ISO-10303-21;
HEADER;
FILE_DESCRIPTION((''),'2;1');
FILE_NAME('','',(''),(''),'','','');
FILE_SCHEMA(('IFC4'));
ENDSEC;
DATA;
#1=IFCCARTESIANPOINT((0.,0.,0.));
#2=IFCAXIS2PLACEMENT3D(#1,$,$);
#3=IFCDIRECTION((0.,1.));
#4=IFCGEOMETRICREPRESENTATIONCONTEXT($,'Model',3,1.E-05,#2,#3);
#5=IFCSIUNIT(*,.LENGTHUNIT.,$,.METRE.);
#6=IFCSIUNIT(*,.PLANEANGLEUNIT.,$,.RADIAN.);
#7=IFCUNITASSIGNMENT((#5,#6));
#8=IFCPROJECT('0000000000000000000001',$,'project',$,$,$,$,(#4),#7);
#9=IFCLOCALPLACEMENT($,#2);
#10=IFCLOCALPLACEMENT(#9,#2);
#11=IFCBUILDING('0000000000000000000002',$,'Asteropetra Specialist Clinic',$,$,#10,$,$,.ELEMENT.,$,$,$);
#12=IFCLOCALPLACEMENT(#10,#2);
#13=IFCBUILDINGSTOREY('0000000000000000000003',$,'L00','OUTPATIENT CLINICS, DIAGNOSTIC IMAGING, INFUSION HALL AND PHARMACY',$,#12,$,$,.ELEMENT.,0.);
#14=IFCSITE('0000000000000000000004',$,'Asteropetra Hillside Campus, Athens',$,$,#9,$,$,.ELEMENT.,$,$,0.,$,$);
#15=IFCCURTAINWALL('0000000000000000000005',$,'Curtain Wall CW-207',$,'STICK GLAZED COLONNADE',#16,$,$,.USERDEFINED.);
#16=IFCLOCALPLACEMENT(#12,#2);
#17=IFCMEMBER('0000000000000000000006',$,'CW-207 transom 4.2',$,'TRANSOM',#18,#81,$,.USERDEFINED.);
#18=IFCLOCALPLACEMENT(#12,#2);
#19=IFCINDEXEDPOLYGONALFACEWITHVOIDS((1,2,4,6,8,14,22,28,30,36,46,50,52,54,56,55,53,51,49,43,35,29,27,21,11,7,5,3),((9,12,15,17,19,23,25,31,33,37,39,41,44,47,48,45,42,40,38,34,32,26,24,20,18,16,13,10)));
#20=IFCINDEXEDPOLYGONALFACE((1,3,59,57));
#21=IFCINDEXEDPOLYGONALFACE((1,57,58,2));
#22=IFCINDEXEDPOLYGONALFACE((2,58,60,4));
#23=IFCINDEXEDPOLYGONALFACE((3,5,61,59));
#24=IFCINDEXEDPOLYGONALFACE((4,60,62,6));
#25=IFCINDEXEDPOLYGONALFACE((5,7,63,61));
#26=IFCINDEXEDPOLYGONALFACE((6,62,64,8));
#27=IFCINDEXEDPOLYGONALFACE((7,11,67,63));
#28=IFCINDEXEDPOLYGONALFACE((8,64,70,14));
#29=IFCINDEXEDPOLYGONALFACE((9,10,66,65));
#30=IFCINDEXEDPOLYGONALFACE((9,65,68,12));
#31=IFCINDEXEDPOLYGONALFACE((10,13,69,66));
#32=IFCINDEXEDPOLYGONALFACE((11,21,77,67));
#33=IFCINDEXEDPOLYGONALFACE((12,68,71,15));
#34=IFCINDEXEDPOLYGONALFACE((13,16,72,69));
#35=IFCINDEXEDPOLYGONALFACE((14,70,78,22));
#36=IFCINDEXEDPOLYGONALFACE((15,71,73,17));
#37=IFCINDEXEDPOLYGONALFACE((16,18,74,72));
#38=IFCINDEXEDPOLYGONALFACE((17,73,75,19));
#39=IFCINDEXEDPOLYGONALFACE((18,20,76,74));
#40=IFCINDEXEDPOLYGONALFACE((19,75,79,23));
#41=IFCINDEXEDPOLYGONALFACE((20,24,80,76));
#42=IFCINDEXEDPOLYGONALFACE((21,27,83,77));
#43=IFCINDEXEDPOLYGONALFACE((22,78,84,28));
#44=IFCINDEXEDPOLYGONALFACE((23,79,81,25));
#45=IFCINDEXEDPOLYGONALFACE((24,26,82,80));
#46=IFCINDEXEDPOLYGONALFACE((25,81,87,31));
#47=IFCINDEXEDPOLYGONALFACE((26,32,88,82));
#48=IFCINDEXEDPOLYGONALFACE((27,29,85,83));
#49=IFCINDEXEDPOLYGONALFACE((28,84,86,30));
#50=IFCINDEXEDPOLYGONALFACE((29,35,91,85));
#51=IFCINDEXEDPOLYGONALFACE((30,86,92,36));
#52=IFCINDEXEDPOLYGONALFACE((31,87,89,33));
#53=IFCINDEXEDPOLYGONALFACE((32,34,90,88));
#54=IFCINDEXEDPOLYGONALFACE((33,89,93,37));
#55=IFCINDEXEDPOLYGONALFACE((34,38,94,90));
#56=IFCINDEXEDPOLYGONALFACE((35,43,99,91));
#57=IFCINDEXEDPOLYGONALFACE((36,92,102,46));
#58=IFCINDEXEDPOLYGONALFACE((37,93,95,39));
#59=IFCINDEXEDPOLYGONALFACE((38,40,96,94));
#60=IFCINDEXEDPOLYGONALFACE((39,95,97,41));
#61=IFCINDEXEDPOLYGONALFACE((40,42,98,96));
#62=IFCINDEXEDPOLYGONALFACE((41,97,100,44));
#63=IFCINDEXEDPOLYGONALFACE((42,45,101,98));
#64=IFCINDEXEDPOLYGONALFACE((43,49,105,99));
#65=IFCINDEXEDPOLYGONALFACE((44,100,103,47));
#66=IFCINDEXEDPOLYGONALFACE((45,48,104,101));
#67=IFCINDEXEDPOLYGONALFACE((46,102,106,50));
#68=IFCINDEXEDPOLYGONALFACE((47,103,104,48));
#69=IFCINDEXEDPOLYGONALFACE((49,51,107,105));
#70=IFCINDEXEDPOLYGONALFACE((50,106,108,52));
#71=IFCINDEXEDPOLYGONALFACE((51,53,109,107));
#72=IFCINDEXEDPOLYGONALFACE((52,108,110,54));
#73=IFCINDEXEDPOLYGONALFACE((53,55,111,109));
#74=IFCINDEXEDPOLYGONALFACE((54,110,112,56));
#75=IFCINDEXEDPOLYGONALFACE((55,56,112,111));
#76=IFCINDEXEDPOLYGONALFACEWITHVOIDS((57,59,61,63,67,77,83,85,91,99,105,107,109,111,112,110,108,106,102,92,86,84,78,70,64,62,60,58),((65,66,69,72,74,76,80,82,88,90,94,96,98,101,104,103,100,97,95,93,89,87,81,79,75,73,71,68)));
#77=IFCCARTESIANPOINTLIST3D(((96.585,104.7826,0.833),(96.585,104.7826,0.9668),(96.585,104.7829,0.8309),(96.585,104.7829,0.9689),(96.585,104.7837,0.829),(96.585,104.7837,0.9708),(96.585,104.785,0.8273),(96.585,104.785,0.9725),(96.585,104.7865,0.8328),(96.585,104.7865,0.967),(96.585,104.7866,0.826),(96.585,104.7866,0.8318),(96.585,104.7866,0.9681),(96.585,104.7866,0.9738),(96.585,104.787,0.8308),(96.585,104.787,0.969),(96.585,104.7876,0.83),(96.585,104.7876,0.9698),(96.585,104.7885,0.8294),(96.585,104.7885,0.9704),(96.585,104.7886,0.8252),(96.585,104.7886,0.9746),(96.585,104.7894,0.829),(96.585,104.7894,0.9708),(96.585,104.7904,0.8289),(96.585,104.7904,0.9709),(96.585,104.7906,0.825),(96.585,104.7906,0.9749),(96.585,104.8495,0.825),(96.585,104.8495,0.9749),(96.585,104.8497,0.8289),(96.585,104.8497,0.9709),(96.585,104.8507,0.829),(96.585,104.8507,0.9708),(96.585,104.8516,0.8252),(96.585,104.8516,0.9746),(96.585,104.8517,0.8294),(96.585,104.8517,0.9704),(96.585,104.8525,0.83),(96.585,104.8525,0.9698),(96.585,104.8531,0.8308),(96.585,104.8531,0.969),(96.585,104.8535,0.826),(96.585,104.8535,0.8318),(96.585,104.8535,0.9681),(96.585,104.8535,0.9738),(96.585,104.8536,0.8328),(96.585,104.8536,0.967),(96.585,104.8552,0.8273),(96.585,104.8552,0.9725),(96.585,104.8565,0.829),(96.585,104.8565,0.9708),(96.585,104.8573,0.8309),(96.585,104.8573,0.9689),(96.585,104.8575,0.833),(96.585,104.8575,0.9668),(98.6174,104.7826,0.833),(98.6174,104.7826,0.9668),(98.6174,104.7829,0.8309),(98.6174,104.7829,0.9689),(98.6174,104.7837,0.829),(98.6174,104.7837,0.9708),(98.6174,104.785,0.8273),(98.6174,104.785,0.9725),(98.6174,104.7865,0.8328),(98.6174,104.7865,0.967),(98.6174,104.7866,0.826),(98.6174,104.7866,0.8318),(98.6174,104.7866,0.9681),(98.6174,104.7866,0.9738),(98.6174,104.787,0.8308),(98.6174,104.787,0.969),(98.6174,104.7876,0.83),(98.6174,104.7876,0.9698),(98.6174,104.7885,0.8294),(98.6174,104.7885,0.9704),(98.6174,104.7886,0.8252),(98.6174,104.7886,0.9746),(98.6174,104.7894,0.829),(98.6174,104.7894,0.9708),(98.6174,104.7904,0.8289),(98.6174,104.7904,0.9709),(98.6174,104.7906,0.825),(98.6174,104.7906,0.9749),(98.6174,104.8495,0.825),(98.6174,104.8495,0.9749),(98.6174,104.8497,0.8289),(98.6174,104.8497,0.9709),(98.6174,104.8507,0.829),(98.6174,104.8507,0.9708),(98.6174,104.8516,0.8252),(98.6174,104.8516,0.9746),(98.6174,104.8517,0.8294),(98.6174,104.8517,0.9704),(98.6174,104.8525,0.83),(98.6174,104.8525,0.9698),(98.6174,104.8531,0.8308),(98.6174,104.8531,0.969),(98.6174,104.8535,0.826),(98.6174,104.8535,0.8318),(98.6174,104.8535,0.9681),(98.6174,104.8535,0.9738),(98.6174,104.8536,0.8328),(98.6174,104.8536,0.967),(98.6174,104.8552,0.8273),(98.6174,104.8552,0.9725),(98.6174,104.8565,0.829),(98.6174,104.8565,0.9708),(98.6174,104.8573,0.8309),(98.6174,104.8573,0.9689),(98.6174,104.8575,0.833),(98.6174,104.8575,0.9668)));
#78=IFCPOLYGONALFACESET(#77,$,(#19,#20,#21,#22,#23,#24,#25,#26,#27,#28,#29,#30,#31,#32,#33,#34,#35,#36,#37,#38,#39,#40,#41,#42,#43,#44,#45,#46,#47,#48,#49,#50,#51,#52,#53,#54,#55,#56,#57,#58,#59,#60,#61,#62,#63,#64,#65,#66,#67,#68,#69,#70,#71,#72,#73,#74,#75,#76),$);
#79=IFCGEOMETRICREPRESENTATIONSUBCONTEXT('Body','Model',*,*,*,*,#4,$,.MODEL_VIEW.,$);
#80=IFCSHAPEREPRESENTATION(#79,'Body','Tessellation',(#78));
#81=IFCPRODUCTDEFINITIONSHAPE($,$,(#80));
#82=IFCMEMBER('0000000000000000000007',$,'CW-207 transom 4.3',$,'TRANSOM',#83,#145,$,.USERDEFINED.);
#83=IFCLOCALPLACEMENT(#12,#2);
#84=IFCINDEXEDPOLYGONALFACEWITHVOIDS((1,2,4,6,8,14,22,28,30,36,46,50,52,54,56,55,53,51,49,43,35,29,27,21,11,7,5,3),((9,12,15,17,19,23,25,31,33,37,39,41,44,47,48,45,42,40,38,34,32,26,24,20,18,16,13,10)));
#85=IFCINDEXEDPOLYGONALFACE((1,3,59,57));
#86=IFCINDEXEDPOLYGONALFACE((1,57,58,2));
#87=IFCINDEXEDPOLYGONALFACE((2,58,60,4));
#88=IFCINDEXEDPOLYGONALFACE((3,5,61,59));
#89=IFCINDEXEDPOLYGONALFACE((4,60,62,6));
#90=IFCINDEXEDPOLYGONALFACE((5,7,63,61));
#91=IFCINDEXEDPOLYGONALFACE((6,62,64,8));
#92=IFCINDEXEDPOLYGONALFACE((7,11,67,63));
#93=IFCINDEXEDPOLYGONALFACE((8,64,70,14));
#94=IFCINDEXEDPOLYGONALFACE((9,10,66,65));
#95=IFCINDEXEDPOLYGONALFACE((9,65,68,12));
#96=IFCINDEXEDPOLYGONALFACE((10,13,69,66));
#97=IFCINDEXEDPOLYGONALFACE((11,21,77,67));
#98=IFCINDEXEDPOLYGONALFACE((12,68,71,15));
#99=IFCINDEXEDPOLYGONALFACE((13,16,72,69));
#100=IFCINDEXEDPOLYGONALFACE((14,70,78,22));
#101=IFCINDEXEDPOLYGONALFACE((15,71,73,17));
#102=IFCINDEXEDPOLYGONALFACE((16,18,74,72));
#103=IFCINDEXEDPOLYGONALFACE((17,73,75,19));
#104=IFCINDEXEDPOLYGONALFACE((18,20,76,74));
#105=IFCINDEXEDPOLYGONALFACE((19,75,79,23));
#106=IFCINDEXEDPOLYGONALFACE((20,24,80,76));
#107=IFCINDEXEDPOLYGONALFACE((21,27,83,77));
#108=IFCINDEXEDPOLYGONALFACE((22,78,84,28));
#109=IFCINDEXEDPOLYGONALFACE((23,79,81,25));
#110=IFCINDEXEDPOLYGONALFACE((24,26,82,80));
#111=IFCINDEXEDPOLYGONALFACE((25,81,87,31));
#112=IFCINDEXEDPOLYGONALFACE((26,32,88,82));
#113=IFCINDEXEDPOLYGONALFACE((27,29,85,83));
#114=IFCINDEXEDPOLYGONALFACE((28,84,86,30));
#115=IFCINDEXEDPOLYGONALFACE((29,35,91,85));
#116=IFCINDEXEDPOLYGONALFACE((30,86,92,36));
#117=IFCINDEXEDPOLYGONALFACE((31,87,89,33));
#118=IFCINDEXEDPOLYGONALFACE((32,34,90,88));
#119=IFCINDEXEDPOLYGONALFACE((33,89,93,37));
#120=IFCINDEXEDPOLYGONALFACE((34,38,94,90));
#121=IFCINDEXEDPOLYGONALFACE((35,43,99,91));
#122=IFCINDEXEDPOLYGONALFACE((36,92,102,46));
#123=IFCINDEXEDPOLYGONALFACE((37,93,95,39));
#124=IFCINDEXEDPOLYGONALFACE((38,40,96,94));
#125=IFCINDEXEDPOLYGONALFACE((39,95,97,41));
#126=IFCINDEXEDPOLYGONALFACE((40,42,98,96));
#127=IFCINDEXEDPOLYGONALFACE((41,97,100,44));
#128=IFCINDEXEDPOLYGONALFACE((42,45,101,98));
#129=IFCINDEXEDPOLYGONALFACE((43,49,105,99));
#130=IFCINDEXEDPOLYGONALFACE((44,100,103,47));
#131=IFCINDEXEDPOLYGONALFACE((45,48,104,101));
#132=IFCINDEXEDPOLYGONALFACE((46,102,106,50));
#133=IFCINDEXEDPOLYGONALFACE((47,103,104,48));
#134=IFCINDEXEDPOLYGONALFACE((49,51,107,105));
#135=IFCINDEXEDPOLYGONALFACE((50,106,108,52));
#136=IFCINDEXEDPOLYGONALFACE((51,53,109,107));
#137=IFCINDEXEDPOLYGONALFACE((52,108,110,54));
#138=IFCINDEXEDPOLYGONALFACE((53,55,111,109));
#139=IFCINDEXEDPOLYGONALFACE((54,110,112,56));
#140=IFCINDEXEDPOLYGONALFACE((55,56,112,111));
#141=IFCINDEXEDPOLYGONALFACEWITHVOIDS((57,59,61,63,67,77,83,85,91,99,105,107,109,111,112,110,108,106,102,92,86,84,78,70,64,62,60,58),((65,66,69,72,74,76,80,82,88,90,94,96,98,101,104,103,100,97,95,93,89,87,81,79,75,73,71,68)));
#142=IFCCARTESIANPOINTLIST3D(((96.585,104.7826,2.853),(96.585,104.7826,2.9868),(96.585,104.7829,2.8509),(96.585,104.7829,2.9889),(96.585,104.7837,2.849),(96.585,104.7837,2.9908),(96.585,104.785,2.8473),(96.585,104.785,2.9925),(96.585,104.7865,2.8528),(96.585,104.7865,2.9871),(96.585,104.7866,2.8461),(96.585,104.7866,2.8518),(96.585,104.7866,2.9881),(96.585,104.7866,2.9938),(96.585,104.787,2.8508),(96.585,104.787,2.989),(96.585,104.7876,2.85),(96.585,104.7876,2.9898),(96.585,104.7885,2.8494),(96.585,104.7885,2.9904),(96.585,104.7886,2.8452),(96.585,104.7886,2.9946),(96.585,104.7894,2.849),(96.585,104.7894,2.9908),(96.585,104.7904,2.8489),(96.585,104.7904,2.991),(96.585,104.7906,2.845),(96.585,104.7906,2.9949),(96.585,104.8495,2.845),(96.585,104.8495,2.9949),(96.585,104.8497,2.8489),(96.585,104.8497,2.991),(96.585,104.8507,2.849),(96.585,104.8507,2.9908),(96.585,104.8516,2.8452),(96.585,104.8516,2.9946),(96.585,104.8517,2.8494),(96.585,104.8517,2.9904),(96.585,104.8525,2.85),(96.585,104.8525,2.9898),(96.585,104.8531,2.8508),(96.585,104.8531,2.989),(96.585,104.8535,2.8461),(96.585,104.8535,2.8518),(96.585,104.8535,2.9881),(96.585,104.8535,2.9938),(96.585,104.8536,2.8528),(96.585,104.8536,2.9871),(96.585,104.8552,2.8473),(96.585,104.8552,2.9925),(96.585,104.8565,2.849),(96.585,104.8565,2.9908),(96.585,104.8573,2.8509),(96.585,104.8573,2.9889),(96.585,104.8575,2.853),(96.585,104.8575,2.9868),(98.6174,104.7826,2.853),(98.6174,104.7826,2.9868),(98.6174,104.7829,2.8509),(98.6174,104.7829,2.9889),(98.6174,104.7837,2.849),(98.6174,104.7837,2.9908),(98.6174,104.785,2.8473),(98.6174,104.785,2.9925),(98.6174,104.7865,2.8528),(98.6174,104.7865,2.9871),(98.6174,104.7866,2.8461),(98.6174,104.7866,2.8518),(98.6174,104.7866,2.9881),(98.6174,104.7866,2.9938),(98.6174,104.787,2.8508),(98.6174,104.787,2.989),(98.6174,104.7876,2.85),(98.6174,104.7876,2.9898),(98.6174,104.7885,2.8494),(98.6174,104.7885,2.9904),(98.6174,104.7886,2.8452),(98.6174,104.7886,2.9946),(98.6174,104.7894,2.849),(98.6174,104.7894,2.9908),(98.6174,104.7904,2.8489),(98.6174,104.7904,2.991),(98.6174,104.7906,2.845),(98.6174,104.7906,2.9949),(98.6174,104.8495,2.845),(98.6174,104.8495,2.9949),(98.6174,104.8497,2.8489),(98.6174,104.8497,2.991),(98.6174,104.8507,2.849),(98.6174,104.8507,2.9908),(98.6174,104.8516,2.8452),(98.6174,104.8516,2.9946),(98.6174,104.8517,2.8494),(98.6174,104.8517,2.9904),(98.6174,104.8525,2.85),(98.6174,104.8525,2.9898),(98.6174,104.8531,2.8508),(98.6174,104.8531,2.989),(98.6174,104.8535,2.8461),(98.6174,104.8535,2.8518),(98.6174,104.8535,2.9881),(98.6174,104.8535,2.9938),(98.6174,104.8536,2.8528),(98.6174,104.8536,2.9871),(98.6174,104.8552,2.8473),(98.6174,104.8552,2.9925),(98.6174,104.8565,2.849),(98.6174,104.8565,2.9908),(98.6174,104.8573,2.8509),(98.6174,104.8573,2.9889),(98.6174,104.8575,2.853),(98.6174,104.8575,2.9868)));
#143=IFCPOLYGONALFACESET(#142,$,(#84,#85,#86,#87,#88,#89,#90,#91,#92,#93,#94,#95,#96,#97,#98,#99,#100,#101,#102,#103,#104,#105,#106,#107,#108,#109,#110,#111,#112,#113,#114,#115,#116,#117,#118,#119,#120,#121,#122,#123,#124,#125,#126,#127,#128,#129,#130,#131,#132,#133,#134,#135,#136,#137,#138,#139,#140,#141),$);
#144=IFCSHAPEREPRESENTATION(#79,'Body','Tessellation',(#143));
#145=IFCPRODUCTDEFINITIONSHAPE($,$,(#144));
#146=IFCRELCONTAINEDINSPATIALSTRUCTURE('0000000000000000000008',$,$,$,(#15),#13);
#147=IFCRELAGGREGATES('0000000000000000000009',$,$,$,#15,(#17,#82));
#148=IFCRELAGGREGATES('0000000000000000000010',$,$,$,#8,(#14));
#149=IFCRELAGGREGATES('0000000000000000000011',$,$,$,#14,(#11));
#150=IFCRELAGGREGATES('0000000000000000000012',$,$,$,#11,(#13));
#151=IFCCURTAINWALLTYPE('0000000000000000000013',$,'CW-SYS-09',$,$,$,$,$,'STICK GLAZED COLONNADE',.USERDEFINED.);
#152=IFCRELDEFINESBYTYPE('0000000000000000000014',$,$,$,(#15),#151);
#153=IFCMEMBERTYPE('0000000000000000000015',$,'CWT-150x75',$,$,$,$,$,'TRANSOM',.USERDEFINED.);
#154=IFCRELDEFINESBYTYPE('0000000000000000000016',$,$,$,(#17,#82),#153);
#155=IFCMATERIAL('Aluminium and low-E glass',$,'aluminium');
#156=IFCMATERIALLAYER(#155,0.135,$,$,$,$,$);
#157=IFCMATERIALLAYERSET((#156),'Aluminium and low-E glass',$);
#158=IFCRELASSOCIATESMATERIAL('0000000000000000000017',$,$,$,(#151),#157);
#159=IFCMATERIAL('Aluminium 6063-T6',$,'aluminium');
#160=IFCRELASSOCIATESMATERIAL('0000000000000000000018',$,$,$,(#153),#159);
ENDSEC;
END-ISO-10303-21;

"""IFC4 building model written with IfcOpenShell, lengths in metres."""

from ifc_helpers import new_model, si_unit, direction, frame, origin, origin_2d, place, context, subcontext, project, spatial, hollow_rectangle, extrude, material, layer, layer_set, material_profile, profile_set, type_object, element, aggregate, save


model = new_model("IFC4")

# Units and contexts
model_context = context("Model", 3, precision=1e-05, world=origin(), true_north=direction((0.0, 1.0)))
body_context = subcontext(model_context, "Body", "Model", "MODEL_VIEW")
ifc_project = project(units=[si_unit("LENGTHUNIT", "METRE"), si_unit("PLANEANGLEUNIT", "RADIAN")], contexts=[model_context])

# Site, building, storey
site_placement = place(None, origin())
site = spatial("IfcSite", under=ifc_project, at=site_placement, Name="Asteropetra Hillside Campus, Athens", CompositionType="ELEMENT", RefElevation=0.0)
building_placement = place(site_placement, origin())
building = spatial("IfcBuilding", under=site, at=building_placement, Name="Asteropetra Specialist Clinic", CompositionType="ELEMENT")
storey_placement = place(building_placement, origin())
storey = spatial("IfcBuildingStorey", under=building, at=storey_placement, Name="L00", Description="OUTPATIENT CLINICS, DIAGNOSTIC IMAGING, INFUSION HALL AND PHARMACY", CompositionType="ELEMENT", Elevation=0.0)

# Curtain wall, members
ifc_material_1 = material(Name="Aluminium and low-E glass", Category="aluminium")
ifc_layer_1 = layer(ifc_material_1, 0.135)
ifc_layer_set_1 = layer_set([ifc_layer_1], Name="Aluminium and low-E glass")
curtain_wall_type = type_object("IfcCurtainWallType", Name="CW-SYS-09", ElementType="STICK GLAZED COLONNADE", PredefinedType="USERDEFINED", material=ifc_layer_set_1)
curtain_wall_placement = place(storey_placement, origin())
curtain_wall = element("IfcCurtainWall", 1, at=curtain_wall_placement, inside=storey, type_object=curtain_wall_type, Name="Curtain Wall CW-207", ObjectType="STICK GLAZED COLONNADE", PredefinedType="USERDEFINED")
ifc_material_2 = material(Name="Aluminium 6063-T6", Category="aluminium")
ifc_material_profile_1 = material_profile(ifc_material_2, hollow_rectangle(XDim=0.075, YDim=0.1499, WallThickness=0.0039, InnerFilletRadius=0.0039, OuterFilletRadius=0.0081, at=origin_2d()), Name="TRN 150x75x4.0")
ifc_profile_set_1 = profile_set([ifc_material_profile_1], Name="Aluminium 6063-T6")
member_type_1 = type_object("IfcMemberType", Name="CWT-150x75", ElementType="TRANSOM", PredefinedType="USERDEFINED", material=ifc_profile_set_1)
member_1_placement = place(storey_placement, frame((98.6174, 104.8201, 0.8999), z_axis=(-1.0, 0.0, 0.0), x_axis=(0.0, -1.0, 0.0)))
member_1 = element("IfcMember", 2, at=member_1_placement, type_object=member_type_1, Name="CW-207 transom 4.2", ObjectType="TRANSOM", PredefinedType="USERDEFINED", context=body_context, shape_type="SweptSolid", body=[
    extrude(hollow_rectangle(XDim=0.075, YDim=0.1499, WallThickness=0.0039, InnerFilletRadius=0.0039, OuterFilletRadius=0.0081, at=origin_2d()), origin(), (0.0, 0.0, 1.0), 2.0325),
])
member_2_placement = place(storey_placement, frame((98.6174, 104.8201, 2.9199), z_axis=(-1.0, 0.0, 0.0), x_axis=(0.0, -1.0, 0.0)))
member_2 = element("IfcMember", 3, at=member_2_placement, type_object=member_type_1, Name="CW-207 transom 4.3", ObjectType="TRANSOM", PredefinedType="USERDEFINED", context=body_context, shape_type="SweptSolid", body=[
    extrude(hollow_rectangle(XDim=0.075, YDim=0.1499, WallThickness=0.0039, InnerFilletRadius=0.0039, OuterFilletRadius=0.0081, at=origin_2d()), origin(), (0.0, 0.0, 1.0), 2.0325),
])
aggregate(curtain_wall, [member_1, member_2])

save(model, "model.ifc")
